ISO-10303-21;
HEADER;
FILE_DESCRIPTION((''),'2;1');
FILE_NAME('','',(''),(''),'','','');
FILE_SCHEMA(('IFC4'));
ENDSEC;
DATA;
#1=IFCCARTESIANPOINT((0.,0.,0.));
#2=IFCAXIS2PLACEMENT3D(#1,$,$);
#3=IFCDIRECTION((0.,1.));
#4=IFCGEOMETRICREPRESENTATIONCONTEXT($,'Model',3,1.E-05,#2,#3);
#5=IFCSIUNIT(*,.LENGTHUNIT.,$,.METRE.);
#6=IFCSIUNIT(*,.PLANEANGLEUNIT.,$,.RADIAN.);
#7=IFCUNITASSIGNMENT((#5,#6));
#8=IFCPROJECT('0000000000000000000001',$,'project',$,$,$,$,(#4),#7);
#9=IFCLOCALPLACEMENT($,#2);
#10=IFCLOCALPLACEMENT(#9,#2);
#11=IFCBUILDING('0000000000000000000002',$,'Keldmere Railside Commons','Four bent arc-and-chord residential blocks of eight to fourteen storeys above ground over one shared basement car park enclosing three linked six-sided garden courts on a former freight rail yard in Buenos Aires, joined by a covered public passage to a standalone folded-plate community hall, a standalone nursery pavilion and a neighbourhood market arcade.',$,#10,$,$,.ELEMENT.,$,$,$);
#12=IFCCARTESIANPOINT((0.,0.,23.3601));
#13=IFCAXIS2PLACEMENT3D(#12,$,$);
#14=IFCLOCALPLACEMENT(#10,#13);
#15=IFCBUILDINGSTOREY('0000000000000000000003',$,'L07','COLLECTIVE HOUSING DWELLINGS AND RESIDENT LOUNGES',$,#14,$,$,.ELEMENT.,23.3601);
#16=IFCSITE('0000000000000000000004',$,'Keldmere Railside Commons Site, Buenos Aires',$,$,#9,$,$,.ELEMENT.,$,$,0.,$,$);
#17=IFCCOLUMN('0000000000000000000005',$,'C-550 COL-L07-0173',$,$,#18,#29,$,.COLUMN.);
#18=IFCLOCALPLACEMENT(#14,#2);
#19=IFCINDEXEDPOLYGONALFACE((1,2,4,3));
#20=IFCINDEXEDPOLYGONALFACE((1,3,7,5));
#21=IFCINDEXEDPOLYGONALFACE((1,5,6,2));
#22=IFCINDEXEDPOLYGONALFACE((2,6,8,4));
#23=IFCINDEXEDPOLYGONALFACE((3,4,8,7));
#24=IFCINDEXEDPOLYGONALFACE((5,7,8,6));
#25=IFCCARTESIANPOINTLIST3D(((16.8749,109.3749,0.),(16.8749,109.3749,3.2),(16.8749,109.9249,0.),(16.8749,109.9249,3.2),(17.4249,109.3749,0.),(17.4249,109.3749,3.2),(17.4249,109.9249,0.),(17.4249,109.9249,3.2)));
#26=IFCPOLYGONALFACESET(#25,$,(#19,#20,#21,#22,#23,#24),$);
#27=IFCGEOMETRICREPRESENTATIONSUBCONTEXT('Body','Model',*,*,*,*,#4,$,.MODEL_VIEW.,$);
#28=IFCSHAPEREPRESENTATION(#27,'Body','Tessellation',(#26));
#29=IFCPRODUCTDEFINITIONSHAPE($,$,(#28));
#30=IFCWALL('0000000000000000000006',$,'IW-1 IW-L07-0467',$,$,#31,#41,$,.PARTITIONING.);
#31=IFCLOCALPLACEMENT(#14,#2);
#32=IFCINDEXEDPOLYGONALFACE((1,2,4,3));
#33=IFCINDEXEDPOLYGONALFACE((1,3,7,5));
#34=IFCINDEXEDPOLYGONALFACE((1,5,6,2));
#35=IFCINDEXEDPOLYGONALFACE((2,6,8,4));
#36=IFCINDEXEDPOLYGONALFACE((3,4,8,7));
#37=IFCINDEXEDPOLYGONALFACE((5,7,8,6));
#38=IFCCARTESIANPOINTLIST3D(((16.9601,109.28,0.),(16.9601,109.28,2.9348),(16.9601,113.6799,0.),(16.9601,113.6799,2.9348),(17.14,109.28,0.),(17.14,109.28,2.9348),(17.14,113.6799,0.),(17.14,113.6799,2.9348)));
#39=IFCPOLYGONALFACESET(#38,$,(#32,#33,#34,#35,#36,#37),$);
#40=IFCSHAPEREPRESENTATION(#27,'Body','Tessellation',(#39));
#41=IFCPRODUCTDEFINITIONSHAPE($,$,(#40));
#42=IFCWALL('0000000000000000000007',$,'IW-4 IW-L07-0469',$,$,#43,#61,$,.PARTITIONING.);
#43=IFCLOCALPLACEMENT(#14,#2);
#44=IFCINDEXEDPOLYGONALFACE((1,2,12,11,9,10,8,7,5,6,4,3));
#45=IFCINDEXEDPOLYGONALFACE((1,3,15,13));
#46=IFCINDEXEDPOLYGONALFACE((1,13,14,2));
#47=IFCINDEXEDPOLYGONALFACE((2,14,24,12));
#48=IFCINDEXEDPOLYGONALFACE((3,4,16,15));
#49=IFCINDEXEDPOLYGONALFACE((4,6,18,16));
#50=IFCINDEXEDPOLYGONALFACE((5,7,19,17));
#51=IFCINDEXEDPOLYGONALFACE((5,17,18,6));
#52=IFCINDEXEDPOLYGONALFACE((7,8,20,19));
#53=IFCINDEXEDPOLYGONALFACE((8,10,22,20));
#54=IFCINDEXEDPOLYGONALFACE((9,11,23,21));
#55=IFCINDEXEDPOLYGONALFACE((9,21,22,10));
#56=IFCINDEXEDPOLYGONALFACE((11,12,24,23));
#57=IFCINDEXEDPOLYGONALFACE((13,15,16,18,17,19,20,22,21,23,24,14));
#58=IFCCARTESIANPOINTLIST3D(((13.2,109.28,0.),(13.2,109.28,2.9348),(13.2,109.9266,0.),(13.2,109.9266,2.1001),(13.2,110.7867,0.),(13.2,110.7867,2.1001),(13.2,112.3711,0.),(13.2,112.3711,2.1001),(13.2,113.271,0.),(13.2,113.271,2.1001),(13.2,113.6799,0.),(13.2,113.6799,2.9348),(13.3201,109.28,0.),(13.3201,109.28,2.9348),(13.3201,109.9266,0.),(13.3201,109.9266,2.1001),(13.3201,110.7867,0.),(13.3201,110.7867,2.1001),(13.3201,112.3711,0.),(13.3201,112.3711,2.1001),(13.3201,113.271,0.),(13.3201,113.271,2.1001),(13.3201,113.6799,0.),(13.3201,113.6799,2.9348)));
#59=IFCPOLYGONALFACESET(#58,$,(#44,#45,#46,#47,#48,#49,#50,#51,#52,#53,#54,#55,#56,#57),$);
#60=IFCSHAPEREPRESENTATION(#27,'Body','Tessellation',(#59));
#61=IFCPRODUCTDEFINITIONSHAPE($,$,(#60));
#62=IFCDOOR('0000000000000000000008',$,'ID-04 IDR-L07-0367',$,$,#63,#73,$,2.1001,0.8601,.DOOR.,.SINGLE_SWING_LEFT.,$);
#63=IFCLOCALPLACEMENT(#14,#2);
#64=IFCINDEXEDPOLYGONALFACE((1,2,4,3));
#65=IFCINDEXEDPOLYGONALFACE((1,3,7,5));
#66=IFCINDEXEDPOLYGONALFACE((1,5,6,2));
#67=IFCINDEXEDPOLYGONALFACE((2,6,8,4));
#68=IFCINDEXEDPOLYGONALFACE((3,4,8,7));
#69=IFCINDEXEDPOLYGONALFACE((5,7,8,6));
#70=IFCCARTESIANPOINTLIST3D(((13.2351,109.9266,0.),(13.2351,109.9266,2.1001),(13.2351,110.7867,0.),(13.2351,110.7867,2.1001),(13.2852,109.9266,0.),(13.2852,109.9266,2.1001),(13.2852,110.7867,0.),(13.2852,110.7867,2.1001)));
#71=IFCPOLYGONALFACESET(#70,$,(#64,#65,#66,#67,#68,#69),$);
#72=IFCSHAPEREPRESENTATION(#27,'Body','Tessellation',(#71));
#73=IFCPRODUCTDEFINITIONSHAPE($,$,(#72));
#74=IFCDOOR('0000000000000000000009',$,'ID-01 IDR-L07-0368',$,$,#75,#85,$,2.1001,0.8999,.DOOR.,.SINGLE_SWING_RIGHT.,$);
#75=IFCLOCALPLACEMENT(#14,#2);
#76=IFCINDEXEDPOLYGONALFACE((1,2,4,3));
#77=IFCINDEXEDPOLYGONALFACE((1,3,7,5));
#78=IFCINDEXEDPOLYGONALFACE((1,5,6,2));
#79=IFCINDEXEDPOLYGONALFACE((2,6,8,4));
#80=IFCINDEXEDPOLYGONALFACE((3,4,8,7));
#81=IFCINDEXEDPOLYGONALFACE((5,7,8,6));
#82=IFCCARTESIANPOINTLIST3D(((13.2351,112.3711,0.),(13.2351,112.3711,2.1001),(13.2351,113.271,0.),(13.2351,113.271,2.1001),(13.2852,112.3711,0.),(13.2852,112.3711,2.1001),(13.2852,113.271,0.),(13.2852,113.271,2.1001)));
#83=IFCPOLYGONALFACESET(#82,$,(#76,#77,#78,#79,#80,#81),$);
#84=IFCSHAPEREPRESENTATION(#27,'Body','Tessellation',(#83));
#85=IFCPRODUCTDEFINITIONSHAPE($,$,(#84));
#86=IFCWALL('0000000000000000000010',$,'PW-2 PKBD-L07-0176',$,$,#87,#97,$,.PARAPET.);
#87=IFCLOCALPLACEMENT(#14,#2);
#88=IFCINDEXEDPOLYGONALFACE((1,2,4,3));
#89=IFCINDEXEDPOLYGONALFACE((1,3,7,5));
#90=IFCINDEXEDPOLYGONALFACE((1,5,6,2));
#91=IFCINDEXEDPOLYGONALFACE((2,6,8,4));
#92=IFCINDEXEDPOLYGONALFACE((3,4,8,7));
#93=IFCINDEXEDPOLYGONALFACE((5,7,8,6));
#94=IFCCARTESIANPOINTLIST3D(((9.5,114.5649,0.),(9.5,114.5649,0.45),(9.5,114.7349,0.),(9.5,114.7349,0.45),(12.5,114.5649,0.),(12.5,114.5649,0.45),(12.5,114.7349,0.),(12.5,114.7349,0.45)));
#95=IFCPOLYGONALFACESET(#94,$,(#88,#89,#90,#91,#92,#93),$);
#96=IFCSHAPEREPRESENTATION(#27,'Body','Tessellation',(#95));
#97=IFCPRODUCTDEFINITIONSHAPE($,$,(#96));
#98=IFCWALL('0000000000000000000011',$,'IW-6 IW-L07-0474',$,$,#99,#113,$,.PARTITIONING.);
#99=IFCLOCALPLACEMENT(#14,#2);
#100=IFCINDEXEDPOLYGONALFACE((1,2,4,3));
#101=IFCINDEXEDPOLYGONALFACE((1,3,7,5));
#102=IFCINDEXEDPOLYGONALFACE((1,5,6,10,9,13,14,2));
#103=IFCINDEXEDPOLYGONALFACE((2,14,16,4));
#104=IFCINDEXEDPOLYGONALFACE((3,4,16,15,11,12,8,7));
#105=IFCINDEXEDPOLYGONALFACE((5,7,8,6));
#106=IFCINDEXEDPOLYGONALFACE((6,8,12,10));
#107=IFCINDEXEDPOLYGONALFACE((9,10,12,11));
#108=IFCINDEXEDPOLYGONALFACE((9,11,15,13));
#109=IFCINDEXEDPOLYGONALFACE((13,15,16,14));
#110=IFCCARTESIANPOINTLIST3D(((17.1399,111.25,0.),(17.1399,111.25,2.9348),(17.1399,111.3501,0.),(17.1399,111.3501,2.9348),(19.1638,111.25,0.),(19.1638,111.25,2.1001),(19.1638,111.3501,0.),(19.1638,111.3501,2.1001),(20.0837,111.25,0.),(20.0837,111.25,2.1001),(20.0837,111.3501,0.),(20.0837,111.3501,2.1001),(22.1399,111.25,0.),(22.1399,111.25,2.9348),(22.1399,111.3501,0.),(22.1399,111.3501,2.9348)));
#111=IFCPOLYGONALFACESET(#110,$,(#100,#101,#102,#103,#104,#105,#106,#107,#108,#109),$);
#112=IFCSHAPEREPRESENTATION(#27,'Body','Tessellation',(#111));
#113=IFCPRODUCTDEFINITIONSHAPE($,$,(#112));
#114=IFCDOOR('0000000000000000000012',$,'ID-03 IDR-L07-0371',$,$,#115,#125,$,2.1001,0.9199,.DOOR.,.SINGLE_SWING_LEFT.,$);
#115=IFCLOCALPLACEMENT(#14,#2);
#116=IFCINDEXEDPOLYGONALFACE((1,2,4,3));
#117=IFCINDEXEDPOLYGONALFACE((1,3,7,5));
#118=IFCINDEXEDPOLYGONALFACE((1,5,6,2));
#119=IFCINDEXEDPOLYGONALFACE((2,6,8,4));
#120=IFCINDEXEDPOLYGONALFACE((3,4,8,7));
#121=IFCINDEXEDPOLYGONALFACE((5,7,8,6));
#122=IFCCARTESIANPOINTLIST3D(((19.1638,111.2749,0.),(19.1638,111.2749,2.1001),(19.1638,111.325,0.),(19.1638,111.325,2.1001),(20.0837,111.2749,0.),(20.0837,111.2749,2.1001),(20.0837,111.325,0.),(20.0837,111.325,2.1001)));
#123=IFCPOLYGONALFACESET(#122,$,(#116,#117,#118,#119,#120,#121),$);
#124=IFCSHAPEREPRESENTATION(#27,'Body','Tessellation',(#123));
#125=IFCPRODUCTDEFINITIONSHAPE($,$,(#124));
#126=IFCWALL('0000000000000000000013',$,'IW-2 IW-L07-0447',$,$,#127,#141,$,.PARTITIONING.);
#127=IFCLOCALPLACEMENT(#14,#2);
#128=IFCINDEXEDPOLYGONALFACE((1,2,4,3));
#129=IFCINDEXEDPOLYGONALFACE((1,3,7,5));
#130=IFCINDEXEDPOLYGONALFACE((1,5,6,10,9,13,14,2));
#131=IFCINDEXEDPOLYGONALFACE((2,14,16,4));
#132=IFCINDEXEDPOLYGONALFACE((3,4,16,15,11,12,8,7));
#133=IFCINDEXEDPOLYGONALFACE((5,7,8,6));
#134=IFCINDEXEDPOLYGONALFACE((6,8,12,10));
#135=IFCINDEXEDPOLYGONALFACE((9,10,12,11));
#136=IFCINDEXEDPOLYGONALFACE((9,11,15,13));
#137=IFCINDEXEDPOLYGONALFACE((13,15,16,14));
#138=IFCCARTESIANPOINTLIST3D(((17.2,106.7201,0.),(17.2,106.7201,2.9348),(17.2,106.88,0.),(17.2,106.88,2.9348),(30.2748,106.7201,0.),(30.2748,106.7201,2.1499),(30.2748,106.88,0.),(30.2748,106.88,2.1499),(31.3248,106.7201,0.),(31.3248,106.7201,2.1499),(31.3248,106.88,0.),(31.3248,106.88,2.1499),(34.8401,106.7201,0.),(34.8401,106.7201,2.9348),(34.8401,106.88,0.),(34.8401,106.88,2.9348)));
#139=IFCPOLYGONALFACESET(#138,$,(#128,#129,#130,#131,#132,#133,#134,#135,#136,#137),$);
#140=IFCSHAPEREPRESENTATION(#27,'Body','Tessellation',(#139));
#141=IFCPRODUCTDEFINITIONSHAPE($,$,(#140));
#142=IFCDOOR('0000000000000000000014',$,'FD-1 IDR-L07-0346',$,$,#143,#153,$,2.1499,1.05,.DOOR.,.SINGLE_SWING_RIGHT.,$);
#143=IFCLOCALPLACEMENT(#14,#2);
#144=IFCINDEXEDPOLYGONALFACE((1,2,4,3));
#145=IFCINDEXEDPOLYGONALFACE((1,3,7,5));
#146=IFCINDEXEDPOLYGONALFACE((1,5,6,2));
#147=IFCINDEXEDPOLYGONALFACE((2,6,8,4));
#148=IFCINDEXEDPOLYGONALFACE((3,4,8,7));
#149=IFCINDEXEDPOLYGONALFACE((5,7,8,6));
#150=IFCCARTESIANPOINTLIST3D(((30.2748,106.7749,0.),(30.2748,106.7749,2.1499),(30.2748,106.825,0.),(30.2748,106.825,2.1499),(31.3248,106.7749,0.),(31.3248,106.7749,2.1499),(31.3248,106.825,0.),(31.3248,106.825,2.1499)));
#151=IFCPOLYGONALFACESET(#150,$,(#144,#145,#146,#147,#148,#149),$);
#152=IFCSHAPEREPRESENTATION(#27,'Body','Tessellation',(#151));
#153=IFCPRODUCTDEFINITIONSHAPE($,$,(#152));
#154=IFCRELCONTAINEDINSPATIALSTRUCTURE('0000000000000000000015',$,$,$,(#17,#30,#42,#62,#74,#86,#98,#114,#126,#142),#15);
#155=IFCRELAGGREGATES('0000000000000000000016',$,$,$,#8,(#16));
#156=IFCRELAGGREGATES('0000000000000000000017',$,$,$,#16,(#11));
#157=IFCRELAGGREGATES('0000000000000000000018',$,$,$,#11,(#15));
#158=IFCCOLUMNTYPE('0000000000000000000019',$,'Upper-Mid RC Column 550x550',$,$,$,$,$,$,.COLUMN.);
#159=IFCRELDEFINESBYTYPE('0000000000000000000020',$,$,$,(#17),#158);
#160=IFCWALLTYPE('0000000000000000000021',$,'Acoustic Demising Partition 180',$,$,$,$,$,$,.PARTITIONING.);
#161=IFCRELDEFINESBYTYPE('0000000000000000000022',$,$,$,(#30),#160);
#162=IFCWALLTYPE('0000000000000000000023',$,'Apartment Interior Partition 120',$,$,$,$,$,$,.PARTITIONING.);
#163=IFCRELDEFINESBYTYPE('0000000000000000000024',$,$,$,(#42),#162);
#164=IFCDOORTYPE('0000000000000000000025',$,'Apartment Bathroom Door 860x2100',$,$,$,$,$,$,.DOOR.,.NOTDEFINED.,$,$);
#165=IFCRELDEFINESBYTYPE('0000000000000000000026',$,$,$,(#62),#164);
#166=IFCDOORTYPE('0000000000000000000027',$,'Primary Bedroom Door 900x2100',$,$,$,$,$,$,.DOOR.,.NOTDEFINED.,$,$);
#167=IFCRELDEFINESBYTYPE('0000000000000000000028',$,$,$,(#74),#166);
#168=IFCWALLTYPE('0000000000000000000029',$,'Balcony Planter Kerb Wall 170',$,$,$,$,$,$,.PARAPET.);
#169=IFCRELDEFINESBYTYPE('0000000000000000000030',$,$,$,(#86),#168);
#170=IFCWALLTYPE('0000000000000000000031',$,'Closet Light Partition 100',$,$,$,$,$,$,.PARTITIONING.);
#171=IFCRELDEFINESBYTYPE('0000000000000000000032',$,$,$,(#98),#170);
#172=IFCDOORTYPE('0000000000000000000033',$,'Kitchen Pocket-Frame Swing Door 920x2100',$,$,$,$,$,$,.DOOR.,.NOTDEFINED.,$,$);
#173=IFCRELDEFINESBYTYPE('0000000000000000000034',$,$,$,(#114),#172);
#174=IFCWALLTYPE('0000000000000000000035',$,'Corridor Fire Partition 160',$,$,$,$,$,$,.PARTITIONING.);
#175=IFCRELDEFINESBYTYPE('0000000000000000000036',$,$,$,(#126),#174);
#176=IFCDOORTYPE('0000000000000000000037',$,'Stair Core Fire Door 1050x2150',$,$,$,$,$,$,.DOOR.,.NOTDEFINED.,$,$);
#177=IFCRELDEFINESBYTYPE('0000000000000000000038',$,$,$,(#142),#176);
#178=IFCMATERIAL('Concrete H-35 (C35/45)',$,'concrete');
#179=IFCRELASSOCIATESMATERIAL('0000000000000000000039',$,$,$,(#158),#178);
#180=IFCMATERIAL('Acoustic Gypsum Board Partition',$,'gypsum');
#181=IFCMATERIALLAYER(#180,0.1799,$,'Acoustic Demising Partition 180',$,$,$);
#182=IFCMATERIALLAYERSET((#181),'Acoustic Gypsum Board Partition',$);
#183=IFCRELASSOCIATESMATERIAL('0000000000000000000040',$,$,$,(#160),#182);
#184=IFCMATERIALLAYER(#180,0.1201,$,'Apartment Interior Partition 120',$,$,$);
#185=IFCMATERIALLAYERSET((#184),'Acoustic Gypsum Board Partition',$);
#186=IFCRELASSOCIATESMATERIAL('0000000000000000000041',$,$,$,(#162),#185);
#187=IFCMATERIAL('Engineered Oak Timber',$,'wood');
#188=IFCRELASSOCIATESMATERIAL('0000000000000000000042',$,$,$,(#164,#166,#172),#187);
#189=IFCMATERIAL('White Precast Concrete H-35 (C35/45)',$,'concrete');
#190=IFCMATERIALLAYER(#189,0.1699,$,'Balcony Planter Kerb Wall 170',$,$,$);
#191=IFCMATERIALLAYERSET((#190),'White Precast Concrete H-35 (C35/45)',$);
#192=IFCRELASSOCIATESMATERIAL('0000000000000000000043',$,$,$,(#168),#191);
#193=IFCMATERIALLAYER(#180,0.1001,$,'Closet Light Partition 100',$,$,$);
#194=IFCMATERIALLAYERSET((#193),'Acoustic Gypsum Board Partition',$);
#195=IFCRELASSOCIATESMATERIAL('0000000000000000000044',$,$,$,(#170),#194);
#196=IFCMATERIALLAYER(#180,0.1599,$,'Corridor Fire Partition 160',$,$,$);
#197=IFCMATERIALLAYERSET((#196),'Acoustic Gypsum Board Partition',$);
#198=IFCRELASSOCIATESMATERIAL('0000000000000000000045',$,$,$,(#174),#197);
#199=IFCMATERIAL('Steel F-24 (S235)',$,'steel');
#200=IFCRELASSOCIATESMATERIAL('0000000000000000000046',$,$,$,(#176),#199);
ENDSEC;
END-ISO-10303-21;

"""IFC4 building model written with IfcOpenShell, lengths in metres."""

from ifc_helpers import new_model, si_unit, direction, frame, frame_2d, origin, origin_2d, place, context, subcontext, project, spatial, rectangle, extrude, material, layer, layer_set, material_profile, profile_set, type_object, element, fill, save


model = new_model("IFC4")

# Units and contexts
model_context = context("Model", 3, precision=1e-05, world=origin(), true_north=direction((0.0, 1.0)))
body_context = subcontext(model_context, "Body", "Model", "MODEL_VIEW")
ifc_project = project(units=[si_unit("LENGTHUNIT", "METRE"), si_unit("PLANEANGLEUNIT", "RADIAN")], contexts=[model_context])

# Site, building, storey
site_placement = place(None, origin())
site = spatial("IfcSite", under=ifc_project, at=site_placement, Name="Keldmere Railside Commons Site, Buenos Aires", CompositionType="ELEMENT", RefElevation=0.0)
building_placement = place(site_placement, origin())
building = spatial("IfcBuilding", under=site, at=building_placement, Name="Keldmere Railside Commons", Description="Four bent arc-and-chord residential blocks of eight to fourteen storeys above ground over one shared basement car park enclosing three linked six-sided garden courts on a former freight rail yard in Buenos Aires, joined by a covered public passage to a standalone folded-plate community hall, a standalone nursery pavilion and a neighbourhood market arcade.", CompositionType="ELEMENT")
storey_placement = place(building_placement, frame((0.0, 0.0, 23.3601)))
storey = spatial("IfcBuildingStorey", under=building, at=storey_placement, Name="L07", Description="COLLECTIVE HOUSING DWELLINGS AND RESIDENT LOUNGES", CompositionType="ELEMENT", Elevation=23.3601)

# Column
ifc_material_1 = material(Name="Concrete H-35 (C35/45)", Category="concrete")
ifc_material_profile = material_profile(ifc_material_1, rectangle(XDim=0.55, YDim=0.55, at=origin_2d()), Name="RC-550x550")
ifc_profile_set = profile_set([ifc_material_profile], Name="Concrete H-35 (C35/45)")
column_type = type_object("IfcColumnType", Name="Upper-Mid RC Column 550x550", PredefinedType="COLUMN", material=ifc_profile_set)
column_placement = place(storey_placement, frame((17.1499, 109.6499, 0.0), z_axis=(0.0, 0.0, 1.0), x_axis=(1.0, 0.0, 0.0)))
element("IfcColumn", 1, at=column_placement, inside=storey, type_object=column_type, Name="C-550 COL-L07-0173", PredefinedType="COLUMN", context=body_context, shape_type="SweptSolid", body=[
    extrude(rectangle(XDim=0.55, YDim=0.55, at=origin_2d()), origin(), (0.0, 0.0, 1.0), 3.2),
])

# Wall
ifc_material_2 = material(Name="Acoustic Gypsum Board Partition", Category="gypsum")
ifc_layer_1 = layer(ifc_material_2, 0.1799, Name="Acoustic Demising Partition 180")
ifc_layer_set_1 = layer_set([ifc_layer_1], Name="Acoustic Gypsum Board Partition")
wall_type_1 = type_object("IfcWallType", Name="Acoustic Demising Partition 180", PredefinedType="PARTITIONING", material=ifc_layer_set_1)
wall_1_placement = place(storey_placement, frame((17.05, 109.28, 0.0), z_axis=(0.0, 0.0, 1.0), x_axis=(0.0, 1.0, 0.0)))
element("IfcWall", 2, at=wall_1_placement, inside=storey, type_object=wall_type_1, Name="IW-1 IW-L07-0467", PredefinedType="PARTITIONING", context=body_context, shape_type="SweptSolid", body=[
    extrude(rectangle(XDim=4.3999, YDim=0.1799, at=frame_2d((2.2, 0.0))), origin(), (0.0, 0.0, 1.0), 2.9348),
])

# Wall, openings, doors
ifc_layer_2 = layer(ifc_material_2, 0.1201, Name="Apartment Interior Partition 120")
ifc_layer_set_2 = layer_set([ifc_layer_2], Name="Acoustic Gypsum Board Partition")
wall_type_2 = type_object("IfcWallType", Name="Apartment Interior Partition 120", PredefinedType="PARTITIONING", material=ifc_layer_set_2)
wall_2_placement = place(storey_placement, frame((13.26, 109.28, 0.0), z_axis=(0.0, 0.0, 1.0), x_axis=(0.0, 1.0, 0.0)))
wall_2 = element("IfcWall", 3, at=wall_2_placement, inside=storey, type_object=wall_type_2, Name="IW-4 IW-L07-0469", PredefinedType="PARTITIONING", context=body_context, shape_type="SweptSolid", body=[
    extrude(rectangle(XDim=4.3999, YDim=0.1201, at=frame_2d((2.2, 0.0))), origin(), (0.0, 0.0, 1.0), 2.9348),
])
opening_1_placement = place(wall_2_placement, frame((0.6465, 0.0, 0.0)))
opening_1 = element("IfcOpeningElement", 4, at=opening_1_placement, cuts=wall_2, PredefinedType="OPENING", context=body_context, shape_type="SweptSolid", body=[
    extrude(rectangle(XDim=0.8601, YDim=2.1001, at=frame_2d((0.4302, 1.05))), frame((0.0, 0.0701, 0.0), z_axis=(0.0, -1.0, 0.0), x_axis=(1.0, 0.0, 0.0)), (0.0, 0.0, 1.0), 0.1401),
])
opening_2_placement = place(wall_2_placement, frame((3.0911, 0.0, 0.0)))
opening_2 = element("IfcOpeningElement", 5, at=opening_2_placement, cuts=wall_2, PredefinedType="OPENING", context=body_context, shape_type="SweptSolid", body=[
    extrude(rectangle(XDim=0.8999, YDim=2.1001, at=frame_2d((0.45, 1.05))), frame((0.0, 0.0701, 0.0), z_axis=(0.0, -1.0, 0.0), x_axis=(1.0, 0.0, 0.0)), (0.0, 0.0, 1.0), 0.1401),
])
ifc_material_3 = material(Name="Engineered Oak Timber", Category="wood")
door_type_1 = type_object("IfcDoorType", Name="Apartment Bathroom Door 860x2100", OperationType="NOTDEFINED", PredefinedType="DOOR", material=ifc_material_3)
door_1_placement = place(opening_1_placement, origin())
door_1 = element("IfcDoor", 6, at=door_1_placement, inside=storey, type_object=door_type_1, Name="ID-04 IDR-L07-0367", OperationType="SINGLE_SWING_LEFT", OverallHeight=2.1001, OverallWidth=0.8601, PredefinedType="DOOR", context=body_context, shape_type="SweptSolid", body=[
    extrude(rectangle(XDim=0.8601, YDim=2.1001, at=frame_2d((0.4302, 1.05))), frame((0.0, 0.0249, 0.0), z_axis=(0.0, -1.0, 0.0), x_axis=(1.0, 0.0, 0.0)), (0.0, 0.0, 1.0), 0.05),
])
fill(opening_1, door_1)
door_type_2 = type_object("IfcDoorType", Name="Primary Bedroom Door 900x2100", OperationType="NOTDEFINED", PredefinedType="DOOR", material=ifc_material_3)
door_2_placement = place(opening_2_placement, origin())
door_2 = element("IfcDoor", 7, at=door_2_placement, inside=storey, type_object=door_type_2, Name="ID-01 IDR-L07-0368", OperationType="SINGLE_SWING_RIGHT", OverallHeight=2.1001, OverallWidth=0.8999, PredefinedType="DOOR", context=body_context, shape_type="SweptSolid", body=[
    extrude(rectangle(XDim=0.8999, YDim=2.1001, at=frame_2d((0.45, 1.05))), frame((0.0, 0.0249, 0.0), z_axis=(0.0, -1.0, 0.0), x_axis=(1.0, 0.0, 0.0)), (0.0, 0.0, 1.0), 0.05),
])
fill(opening_2, door_2)

# Wall
ifc_material_4 = material(Name="White Precast Concrete H-35 (C35/45)", Category="concrete")
ifc_layer_3 = layer(ifc_material_4, 0.1699, Name="Balcony Planter Kerb Wall 170")
ifc_layer_set_3 = layer_set([ifc_layer_3], Name="White Precast Concrete H-35 (C35/45)")
wall_type_3 = type_object("IfcWallType", Name="Balcony Planter Kerb Wall 170", PredefinedType="PARAPET", material=ifc_layer_set_3)
wall_3_placement = place(storey_placement, frame((9.5, 114.6499, 0.0), z_axis=(0.0, 0.0, 1.0), x_axis=(1.0, 0.0, 0.0)))
element("IfcWall", 8, at=wall_3_placement, inside=storey, type_object=wall_type_3, Name="PW-2 PKBD-L07-0176", PredefinedType="PARAPET", context=body_context, shape_type="SweptSolid", body=[
    extrude(rectangle(XDim=3.0, YDim=0.1699, at=frame_2d((1.5, 0.0))), origin(), (0.0, 0.0, 1.0), 0.45),
])

# Walls, openings, doors
ifc_layer_4 = layer(ifc_material_2, 0.1001, Name="Closet Light Partition 100")
ifc_layer_set_4 = layer_set([ifc_layer_4], Name="Acoustic Gypsum Board Partition")
wall_type_4 = type_object("IfcWallType", Name="Closet Light Partition 100", PredefinedType="PARTITIONING", material=ifc_layer_set_4)
wall_4_placement = place(storey_placement, frame((17.1399, 111.3, 0.0), z_axis=(0.0, 0.0, 1.0), x_axis=(1.0, 0.0, 0.0)))
wall_4 = element("IfcWall", 9, at=wall_4_placement, inside=storey, type_object=wall_type_4, Name="IW-6 IW-L07-0474", PredefinedType="PARTITIONING", context=body_context, shape_type="SweptSolid", body=[
    extrude(rectangle(XDim=5.0, YDim=0.1001, at=frame_2d((2.5, 0.0))), origin(), (0.0, 0.0, 1.0), 2.9348),
])
opening_3_placement = place(wall_4_placement, frame((2.0239, 0.0, 0.0)))
opening_3 = element("IfcOpeningElement", 10, at=opening_3_placement, cuts=wall_4, PredefinedType="OPENING", context=body_context, shape_type="SweptSolid", body=[
    extrude(rectangle(XDim=0.9199, YDim=2.1001, at=frame_2d((0.46, 1.05))), frame((0.0, 0.0601, 0.0), z_axis=(0.0, -1.0, 0.0), x_axis=(1.0, 0.0, 0.0)), (0.0, 0.0, 1.0), 0.1201),
])
door_type_3 = type_object("IfcDoorType", Name="Kitchen Pocket-Frame Swing Door 920x2100", OperationType="NOTDEFINED", PredefinedType="DOOR", material=ifc_material_3)
door_3_placement = place(opening_3_placement, origin())
door_3 = element("IfcDoor", 11, at=door_3_placement, inside=storey, type_object=door_type_3, Name="ID-03 IDR-L07-0371", OperationType="SINGLE_SWING_LEFT", OverallHeight=2.1001, OverallWidth=0.9199, PredefinedType="DOOR", context=body_context, shape_type="SweptSolid", body=[
    extrude(rectangle(XDim=0.9199, YDim=2.1001, at=frame_2d((0.46, 1.05))), frame((0.0, 0.0249, 0.0), z_axis=(0.0, -1.0, 0.0), x_axis=(1.0, 0.0, 0.0)), (0.0, 0.0, 1.0), 0.05),
])
fill(opening_3, door_3)
ifc_layer_5 = layer(ifc_material_2, 0.1599, Name="Corridor Fire Partition 160")
ifc_layer_set_5 = layer_set([ifc_layer_5], Name="Acoustic Gypsum Board Partition")
wall_type_5 = type_object("IfcWallType", Name="Corridor Fire Partition 160", PredefinedType="PARTITIONING", material=ifc_layer_set_5)
wall_5_placement = place(storey_placement, frame((17.2, 106.8, 0.0), z_axis=(0.0, 0.0, 1.0), x_axis=(1.0, 0.0, 0.0)))
wall_5 = element("IfcWall", 12, at=wall_5_placement, inside=storey, type_object=wall_type_5, Name="IW-2 IW-L07-0447", PredefinedType="PARTITIONING", context=body_context, shape_type="SweptSolid", body=[
    extrude(rectangle(XDim=17.6401, YDim=0.1599, at=frame_2d((8.8201, 0.0))), origin(), (0.0, 0.0, 1.0), 2.9348),
])
opening_4_placement = place(wall_5_placement, frame((13.075, 0.0, 0.0)))
opening_4 = element("IfcOpeningElement", 13, at=opening_4_placement, cuts=wall_5, PredefinedType="OPENING", context=body_context, shape_type="SweptSolid", body=[
    extrude(rectangle(XDim=1.05, YDim=2.1499, at=frame_2d((0.5249, 1.075))), frame((0.0, 0.0898, 0.0), z_axis=(0.0, -1.0, 0.0), x_axis=(1.0, 0.0, 0.0)), (0.0, 0.0, 1.0), 0.1799),
])
ifc_material_5 = material(Name="Steel F-24 (S235)", Category="steel")
door_type_4 = type_object("IfcDoorType", Name="Stair Core Fire Door 1050x2150", OperationType="NOTDEFINED", PredefinedType="DOOR", material=ifc_material_5)
door_4_placement = place(opening_4_placement, origin())
door_4 = element("IfcDoor", 14, at=door_4_placement, inside=storey, type_object=door_type_4, Name="FD-1 IDR-L07-0346", OperationType="SINGLE_SWING_RIGHT", OverallHeight=2.1499, OverallWidth=1.05, PredefinedType="DOOR", context=body_context, shape_type="SweptSolid", body=[
    extrude(rectangle(XDim=1.05, YDim=2.1499, at=frame_2d((0.5249, 1.075))), frame((0.0, 0.0249, 0.0), z_axis=(0.0, -1.0, 0.0), x_axis=(1.0, 0.0, 0.0)), (0.0, 0.0, 1.0), 0.05),
])
fill(opening_4, door_4)

save(model, "model.ifc")
